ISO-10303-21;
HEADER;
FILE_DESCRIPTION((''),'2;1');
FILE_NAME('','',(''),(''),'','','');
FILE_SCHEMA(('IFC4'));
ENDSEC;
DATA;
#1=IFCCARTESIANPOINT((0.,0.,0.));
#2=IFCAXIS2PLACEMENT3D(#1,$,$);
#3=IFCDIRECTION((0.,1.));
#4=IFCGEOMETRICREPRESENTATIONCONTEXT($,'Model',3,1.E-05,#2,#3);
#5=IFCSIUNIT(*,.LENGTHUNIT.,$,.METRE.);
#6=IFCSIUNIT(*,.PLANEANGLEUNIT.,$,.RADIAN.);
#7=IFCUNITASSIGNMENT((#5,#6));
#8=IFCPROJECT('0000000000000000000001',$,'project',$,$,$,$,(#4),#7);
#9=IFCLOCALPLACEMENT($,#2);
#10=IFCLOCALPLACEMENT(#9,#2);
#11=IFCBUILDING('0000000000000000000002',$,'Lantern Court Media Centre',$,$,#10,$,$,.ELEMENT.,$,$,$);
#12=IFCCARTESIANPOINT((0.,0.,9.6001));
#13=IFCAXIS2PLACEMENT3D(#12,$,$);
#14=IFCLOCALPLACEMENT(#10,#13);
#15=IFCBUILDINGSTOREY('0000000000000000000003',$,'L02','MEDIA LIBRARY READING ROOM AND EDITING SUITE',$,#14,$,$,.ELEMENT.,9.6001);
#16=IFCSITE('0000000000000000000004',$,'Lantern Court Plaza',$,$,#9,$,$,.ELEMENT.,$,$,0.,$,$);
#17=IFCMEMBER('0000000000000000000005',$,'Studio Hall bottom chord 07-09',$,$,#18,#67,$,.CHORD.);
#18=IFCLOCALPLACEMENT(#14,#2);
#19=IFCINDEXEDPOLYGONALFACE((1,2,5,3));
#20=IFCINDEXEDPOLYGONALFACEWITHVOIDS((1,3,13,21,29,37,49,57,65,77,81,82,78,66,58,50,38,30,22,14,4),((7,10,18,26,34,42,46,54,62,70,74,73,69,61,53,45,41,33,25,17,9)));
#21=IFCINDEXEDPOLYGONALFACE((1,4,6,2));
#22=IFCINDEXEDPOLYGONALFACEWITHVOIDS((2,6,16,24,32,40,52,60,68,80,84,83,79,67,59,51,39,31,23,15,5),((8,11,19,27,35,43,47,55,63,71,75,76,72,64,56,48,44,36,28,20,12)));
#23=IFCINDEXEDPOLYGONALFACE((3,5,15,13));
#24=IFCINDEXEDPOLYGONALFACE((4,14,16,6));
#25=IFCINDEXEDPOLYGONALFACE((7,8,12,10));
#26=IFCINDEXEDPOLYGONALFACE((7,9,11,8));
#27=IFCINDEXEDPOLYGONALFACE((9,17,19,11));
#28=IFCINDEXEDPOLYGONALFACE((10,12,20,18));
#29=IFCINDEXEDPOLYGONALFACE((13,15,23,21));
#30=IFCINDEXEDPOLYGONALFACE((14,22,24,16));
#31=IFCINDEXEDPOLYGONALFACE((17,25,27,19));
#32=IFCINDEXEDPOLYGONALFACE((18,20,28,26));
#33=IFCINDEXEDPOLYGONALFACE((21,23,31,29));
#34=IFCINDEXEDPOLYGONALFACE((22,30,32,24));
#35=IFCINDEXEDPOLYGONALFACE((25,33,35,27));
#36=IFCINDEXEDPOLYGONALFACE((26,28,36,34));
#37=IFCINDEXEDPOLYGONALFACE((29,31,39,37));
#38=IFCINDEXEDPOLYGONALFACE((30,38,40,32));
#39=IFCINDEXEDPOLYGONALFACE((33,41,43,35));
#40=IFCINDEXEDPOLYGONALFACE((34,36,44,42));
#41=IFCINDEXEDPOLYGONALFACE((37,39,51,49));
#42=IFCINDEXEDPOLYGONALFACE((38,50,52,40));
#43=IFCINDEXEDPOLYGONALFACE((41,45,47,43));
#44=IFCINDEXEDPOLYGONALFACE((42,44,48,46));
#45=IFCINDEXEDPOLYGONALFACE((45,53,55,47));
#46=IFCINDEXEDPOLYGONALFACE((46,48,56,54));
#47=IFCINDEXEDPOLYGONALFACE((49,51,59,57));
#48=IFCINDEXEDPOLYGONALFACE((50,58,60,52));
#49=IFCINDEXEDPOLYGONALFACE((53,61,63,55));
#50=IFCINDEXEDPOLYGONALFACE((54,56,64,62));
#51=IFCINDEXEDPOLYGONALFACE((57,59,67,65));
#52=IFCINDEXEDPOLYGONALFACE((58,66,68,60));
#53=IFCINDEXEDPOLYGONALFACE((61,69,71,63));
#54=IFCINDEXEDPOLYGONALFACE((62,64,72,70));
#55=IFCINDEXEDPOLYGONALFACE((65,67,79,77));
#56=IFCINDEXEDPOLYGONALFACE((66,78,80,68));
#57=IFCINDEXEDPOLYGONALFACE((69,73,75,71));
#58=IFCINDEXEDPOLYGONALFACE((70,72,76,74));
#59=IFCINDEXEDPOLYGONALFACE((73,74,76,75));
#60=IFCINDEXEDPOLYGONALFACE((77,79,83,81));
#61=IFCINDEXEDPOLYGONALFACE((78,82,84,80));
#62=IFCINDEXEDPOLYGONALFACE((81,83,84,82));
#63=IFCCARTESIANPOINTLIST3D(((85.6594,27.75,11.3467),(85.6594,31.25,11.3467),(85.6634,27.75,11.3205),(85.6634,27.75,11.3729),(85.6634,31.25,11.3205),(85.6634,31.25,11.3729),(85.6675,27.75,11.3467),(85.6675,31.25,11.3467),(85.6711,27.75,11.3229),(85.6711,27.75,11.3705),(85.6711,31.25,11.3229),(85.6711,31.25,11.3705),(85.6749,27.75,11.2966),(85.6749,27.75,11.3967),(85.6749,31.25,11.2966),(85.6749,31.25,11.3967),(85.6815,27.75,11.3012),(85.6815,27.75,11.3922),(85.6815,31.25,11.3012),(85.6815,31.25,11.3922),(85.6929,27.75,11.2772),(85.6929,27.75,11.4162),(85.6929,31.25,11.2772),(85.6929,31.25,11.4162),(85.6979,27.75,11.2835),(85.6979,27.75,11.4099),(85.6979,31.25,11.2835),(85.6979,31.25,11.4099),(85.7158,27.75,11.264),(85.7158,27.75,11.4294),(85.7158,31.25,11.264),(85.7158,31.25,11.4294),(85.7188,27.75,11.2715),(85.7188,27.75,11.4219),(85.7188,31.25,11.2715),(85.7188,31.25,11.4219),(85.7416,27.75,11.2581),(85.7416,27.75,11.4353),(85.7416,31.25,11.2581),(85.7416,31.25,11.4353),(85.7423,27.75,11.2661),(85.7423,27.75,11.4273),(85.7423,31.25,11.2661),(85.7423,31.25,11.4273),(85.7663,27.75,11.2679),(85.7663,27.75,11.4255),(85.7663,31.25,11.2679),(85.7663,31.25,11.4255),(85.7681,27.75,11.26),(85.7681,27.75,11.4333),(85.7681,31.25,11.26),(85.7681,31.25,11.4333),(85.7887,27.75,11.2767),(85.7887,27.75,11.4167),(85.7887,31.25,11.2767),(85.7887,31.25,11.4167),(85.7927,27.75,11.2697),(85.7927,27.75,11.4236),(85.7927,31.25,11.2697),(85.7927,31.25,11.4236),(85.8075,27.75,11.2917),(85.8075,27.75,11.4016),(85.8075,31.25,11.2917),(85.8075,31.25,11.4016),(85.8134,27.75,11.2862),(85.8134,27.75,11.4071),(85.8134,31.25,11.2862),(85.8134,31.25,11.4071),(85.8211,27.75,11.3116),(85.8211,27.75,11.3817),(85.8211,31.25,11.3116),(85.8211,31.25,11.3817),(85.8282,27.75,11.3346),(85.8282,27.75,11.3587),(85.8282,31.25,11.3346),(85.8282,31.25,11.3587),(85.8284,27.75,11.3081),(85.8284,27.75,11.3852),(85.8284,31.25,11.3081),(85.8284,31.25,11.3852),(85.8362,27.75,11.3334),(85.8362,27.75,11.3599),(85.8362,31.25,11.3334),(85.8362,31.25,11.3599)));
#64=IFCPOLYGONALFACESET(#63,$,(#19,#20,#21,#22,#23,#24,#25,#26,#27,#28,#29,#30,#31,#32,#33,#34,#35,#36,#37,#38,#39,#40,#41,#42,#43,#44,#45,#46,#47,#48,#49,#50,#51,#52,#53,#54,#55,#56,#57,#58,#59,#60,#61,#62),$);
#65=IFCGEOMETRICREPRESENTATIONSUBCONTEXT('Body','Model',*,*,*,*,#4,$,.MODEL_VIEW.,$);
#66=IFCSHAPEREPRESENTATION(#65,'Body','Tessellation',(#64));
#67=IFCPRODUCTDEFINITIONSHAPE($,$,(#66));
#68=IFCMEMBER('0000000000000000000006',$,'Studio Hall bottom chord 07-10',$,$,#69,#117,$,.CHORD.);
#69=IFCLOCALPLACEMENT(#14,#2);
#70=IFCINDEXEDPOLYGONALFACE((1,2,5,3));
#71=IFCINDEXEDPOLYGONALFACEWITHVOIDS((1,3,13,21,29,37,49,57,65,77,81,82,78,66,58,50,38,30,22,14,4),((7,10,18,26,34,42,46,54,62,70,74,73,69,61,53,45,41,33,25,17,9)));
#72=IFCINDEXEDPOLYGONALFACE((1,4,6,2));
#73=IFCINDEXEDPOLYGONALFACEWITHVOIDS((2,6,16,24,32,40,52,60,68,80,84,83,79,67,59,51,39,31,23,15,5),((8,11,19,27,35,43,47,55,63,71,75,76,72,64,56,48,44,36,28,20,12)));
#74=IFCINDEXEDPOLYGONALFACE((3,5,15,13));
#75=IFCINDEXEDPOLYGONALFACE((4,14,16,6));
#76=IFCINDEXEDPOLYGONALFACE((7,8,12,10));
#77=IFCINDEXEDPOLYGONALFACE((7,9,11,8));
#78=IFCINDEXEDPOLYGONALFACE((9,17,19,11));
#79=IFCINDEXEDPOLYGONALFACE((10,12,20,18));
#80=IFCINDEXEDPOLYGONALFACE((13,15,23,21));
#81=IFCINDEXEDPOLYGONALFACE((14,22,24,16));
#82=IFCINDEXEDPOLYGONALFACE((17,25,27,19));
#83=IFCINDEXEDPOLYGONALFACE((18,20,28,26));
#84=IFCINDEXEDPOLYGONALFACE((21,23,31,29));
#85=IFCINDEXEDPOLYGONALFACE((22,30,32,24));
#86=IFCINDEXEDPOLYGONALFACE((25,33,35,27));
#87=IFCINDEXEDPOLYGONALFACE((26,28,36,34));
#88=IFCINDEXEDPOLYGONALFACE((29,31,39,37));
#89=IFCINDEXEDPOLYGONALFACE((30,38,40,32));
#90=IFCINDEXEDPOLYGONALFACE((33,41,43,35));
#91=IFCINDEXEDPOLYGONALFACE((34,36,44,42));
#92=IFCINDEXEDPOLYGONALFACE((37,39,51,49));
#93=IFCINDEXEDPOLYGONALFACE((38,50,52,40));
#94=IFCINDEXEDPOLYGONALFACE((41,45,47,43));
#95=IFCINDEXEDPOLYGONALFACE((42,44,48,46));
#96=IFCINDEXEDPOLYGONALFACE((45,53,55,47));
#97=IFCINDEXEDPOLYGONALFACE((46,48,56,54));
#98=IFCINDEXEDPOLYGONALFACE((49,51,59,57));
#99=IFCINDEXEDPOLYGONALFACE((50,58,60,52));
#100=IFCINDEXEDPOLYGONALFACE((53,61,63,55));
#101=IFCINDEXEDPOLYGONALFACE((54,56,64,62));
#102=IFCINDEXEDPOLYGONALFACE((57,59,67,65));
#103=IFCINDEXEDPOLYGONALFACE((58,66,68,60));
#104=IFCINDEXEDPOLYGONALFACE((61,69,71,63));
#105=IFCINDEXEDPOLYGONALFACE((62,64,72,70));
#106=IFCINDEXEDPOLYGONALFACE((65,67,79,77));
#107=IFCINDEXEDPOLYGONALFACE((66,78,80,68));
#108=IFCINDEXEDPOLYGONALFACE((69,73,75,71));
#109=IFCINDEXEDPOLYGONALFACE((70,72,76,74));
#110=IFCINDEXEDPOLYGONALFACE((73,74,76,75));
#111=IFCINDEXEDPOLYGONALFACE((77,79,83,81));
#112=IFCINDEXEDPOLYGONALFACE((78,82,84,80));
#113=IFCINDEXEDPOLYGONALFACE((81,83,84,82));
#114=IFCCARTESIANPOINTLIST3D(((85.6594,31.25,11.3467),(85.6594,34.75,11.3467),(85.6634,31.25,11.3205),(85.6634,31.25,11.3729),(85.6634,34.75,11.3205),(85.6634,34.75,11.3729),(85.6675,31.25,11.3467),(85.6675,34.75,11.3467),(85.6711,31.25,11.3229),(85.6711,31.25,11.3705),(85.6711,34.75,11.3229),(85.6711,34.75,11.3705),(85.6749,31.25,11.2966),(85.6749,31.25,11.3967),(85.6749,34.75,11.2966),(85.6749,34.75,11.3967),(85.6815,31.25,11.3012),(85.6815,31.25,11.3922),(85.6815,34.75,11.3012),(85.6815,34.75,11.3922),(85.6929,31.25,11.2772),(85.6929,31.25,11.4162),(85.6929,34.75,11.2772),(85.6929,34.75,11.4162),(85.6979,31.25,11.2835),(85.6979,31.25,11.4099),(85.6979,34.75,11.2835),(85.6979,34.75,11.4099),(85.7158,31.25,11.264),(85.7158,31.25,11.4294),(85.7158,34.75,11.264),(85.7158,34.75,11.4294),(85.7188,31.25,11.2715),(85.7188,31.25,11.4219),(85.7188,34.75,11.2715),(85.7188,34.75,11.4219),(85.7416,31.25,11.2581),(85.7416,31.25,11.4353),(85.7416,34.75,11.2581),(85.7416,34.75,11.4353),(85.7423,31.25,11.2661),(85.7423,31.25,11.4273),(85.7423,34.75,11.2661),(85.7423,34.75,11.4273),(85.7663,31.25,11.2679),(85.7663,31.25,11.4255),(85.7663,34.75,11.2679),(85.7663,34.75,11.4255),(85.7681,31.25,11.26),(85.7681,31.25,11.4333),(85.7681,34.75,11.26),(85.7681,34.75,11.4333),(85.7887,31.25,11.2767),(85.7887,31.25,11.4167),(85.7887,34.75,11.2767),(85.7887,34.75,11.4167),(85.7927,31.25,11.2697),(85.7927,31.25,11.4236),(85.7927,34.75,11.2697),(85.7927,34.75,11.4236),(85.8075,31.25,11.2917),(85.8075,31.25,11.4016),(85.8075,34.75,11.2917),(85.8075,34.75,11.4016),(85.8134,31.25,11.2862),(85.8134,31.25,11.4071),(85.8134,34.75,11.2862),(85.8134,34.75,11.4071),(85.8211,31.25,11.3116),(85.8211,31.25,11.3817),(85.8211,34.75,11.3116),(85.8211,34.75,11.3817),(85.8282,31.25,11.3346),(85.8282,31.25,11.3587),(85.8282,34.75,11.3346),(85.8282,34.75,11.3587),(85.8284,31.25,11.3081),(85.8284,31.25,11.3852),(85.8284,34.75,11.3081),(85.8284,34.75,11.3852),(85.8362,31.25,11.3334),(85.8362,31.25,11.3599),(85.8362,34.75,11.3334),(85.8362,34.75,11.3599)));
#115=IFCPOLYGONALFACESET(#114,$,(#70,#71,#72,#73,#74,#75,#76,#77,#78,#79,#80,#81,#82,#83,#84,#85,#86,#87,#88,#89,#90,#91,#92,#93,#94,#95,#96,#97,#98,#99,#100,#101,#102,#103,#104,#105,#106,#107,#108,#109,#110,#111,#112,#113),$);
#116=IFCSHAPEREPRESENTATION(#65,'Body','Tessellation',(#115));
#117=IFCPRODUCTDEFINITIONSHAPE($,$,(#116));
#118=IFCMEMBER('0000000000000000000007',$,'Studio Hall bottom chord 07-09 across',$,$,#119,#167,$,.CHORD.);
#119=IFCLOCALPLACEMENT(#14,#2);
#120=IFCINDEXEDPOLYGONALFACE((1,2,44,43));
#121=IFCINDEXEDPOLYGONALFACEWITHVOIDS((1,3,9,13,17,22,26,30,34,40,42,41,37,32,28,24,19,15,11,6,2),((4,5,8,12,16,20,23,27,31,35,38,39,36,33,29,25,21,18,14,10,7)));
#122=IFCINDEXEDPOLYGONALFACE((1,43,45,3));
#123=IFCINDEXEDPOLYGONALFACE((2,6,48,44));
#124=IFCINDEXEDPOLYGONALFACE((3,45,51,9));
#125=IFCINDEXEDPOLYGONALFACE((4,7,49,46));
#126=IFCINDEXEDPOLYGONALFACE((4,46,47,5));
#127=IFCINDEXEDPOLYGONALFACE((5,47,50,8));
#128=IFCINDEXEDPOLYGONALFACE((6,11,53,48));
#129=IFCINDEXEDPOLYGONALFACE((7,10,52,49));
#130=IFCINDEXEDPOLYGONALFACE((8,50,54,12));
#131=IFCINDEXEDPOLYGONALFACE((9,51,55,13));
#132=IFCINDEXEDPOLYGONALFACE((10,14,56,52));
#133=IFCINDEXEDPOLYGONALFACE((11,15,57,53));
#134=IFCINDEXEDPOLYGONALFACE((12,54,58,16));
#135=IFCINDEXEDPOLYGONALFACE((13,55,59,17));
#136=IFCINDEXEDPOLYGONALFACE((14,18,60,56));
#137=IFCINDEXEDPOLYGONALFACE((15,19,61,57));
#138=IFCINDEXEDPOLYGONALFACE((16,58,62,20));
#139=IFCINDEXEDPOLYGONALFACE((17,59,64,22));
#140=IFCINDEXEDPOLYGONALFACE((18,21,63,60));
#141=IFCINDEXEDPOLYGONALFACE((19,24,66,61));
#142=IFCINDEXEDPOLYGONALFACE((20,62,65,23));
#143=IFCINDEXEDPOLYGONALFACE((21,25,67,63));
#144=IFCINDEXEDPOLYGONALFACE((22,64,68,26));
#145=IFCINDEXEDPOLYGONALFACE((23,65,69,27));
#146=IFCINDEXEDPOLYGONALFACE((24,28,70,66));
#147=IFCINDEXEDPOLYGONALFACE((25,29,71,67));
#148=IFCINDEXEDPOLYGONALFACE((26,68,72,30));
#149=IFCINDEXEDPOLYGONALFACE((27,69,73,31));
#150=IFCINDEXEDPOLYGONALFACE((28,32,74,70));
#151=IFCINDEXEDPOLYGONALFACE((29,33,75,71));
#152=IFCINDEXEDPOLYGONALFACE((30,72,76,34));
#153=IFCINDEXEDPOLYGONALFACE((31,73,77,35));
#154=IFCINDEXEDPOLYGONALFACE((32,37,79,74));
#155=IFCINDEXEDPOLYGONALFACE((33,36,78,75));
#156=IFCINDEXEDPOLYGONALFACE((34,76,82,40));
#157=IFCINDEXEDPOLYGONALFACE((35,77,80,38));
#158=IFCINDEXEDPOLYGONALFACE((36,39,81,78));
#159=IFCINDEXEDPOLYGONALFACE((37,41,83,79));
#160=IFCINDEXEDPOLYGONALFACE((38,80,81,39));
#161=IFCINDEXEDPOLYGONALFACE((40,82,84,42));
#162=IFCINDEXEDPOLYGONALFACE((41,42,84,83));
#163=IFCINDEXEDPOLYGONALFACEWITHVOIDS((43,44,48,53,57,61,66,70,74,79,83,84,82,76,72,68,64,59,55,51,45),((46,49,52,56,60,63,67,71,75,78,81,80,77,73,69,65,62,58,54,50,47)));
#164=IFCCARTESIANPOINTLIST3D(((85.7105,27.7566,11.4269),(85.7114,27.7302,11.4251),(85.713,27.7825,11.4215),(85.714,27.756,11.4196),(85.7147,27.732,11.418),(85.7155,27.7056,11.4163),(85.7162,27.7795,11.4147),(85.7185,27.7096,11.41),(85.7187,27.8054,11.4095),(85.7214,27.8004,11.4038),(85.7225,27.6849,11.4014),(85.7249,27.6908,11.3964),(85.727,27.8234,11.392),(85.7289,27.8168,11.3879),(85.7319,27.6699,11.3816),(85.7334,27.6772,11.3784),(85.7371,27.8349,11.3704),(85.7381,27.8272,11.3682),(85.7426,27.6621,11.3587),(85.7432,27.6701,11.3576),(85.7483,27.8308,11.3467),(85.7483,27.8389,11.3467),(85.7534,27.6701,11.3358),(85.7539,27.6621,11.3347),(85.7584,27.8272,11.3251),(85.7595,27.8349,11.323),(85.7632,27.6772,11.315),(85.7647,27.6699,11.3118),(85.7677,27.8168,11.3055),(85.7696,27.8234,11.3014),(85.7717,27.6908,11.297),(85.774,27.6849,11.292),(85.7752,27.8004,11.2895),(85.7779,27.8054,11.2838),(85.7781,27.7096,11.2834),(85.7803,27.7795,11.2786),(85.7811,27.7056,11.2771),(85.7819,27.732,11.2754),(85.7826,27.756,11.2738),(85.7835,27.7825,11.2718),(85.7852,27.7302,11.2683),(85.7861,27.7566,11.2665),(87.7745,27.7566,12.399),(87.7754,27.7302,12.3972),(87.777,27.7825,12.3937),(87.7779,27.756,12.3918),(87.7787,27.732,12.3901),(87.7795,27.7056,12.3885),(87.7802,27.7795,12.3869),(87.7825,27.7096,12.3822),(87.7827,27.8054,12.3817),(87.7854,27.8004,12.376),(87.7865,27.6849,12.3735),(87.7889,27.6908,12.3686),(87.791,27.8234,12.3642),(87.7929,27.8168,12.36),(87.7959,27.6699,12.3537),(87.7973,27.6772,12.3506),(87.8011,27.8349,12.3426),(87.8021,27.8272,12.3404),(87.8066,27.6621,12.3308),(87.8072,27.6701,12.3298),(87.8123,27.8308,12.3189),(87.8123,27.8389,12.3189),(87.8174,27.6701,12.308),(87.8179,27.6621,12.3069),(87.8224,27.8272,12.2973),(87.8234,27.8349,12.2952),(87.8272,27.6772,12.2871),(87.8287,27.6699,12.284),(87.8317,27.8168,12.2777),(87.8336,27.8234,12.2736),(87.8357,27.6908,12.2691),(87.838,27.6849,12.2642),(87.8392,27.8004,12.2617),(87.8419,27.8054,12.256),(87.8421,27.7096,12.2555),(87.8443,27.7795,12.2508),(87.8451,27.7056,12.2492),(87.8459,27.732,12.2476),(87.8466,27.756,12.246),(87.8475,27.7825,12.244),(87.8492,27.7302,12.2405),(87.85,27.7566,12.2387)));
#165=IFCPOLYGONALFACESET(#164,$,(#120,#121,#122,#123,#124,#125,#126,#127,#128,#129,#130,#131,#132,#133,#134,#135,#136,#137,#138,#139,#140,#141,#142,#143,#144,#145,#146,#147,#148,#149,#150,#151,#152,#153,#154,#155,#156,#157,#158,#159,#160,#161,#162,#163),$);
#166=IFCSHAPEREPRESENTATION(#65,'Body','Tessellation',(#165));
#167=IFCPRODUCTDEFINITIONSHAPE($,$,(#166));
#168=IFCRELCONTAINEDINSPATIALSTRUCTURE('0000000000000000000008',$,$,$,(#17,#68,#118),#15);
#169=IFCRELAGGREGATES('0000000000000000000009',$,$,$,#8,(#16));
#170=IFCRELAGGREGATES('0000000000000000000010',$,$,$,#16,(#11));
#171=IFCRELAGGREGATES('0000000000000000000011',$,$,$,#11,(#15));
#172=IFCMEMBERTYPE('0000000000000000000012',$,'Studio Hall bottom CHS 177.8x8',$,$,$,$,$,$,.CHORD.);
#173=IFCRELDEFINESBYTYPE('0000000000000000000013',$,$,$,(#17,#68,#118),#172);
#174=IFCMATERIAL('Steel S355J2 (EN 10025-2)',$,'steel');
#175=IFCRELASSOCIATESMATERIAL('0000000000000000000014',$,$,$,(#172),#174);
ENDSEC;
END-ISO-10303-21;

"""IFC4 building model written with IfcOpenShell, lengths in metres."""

from ifc_helpers import new_model, si_unit, direction, frame, origin, origin_2d, place, context, subcontext, project, spatial, hollow_circle, extrude, material, material_profile, profile_set, type_object, element, save


model = new_model("IFC4")

# Units and contexts
model_context = context("Model", 3, precision=1e-05, world=origin(), true_north=direction((0.0, 1.0)))
body_context = subcontext(model_context, "Body", "Model", "MODEL_VIEW")
ifc_project = project(units=[si_unit("LENGTHUNIT", "METRE"), si_unit("PLANEANGLEUNIT", "RADIAN")], contexts=[model_context])

# Site, building, storey
site_placement = place(None, origin())
site = spatial("IfcSite", under=ifc_project, at=site_placement, Name="Lantern Court Plaza", CompositionType="ELEMENT", RefElevation=0.0)
building_placement = place(site_placement, origin())
building = spatial("IfcBuilding", under=site, at=building_placement, Name="Lantern Court Media Centre", CompositionType="ELEMENT")
storey_placement = place(building_placement, frame((0.0, 0.0, 9.6001)))
storey = spatial("IfcBuildingStorey", under=building, at=storey_placement, Name="L02", Description="MEDIA LIBRARY READING ROOM AND EDITING SUITE", CompositionType="ELEMENT", Elevation=9.6001)

# Members
ifc_material = material(Name="Steel S355J2 (EN 10025-2)", Category="steel")
ifc_material_profile_1 = material_profile(ifc_material, hollow_circle(Radius=0.0889, WallThickness=0.0081, at=origin_2d()), Name="Studio Hall bottom CHS 177.8x8")
ifc_profile_set_1 = profile_set([ifc_material_profile_1], Name="Steel S355J2 (EN 10025-2)")
member_type_1 = type_object("IfcMemberType", Name="Studio Hall bottom CHS 177.8x8", PredefinedType="CHORD", material=ifc_profile_set_1)
for number, where, z_axis, x_axis, name in (
    (1, (85.7483, 27.75, 11.3467), (0.0, 1.0, 0.0), (-1.0, 0.0, 0.0), "Studio Hall bottom chord 07-09"),
    (2, (85.7483, 31.25, 11.3467), (0.0, 1.0, 0.0), (-1.0, 0.0, 0.0), "Studio Hall bottom chord 07-10"),
):
    element("IfcMember", number, at=place(storey_placement, frame(where, z_axis=z_axis, x_axis=x_axis)), inside=storey, type_object=member_type_1, Name=name, PredefinedType="CHORD", context=body_context, shape_type="SweptSolid", body=[
        extrude(hollow_circle(Radius=0.0889, WallThickness=0.0081, at=origin_2d()), origin(), (0.0, 0.0, 1.0), 3.5),
    ])
for number, where, z_axis, x_axis, name in (
    (3, (85.7483, 27.75, 11.3467), (0.904668, 0.0, 0.426117), (0.0, 1.0, 0.0), "Studio Hall bottom chord 07-09 across"),
):
    element("IfcMember", number, at=place(storey_placement, frame(where, z_axis=z_axis, x_axis=x_axis)), inside=storey, type_object=member_type_1, Name=name, PredefinedType="CHORD", context=body_context, shape_type="SweptSolid", body=[
        extrude(hollow_circle(Radius=0.0889, WallThickness=0.0081, at=origin_2d()), origin(), (0.0, 0.0, 1.0), 2.2815),
    ])

save(model, "model.ifc")
